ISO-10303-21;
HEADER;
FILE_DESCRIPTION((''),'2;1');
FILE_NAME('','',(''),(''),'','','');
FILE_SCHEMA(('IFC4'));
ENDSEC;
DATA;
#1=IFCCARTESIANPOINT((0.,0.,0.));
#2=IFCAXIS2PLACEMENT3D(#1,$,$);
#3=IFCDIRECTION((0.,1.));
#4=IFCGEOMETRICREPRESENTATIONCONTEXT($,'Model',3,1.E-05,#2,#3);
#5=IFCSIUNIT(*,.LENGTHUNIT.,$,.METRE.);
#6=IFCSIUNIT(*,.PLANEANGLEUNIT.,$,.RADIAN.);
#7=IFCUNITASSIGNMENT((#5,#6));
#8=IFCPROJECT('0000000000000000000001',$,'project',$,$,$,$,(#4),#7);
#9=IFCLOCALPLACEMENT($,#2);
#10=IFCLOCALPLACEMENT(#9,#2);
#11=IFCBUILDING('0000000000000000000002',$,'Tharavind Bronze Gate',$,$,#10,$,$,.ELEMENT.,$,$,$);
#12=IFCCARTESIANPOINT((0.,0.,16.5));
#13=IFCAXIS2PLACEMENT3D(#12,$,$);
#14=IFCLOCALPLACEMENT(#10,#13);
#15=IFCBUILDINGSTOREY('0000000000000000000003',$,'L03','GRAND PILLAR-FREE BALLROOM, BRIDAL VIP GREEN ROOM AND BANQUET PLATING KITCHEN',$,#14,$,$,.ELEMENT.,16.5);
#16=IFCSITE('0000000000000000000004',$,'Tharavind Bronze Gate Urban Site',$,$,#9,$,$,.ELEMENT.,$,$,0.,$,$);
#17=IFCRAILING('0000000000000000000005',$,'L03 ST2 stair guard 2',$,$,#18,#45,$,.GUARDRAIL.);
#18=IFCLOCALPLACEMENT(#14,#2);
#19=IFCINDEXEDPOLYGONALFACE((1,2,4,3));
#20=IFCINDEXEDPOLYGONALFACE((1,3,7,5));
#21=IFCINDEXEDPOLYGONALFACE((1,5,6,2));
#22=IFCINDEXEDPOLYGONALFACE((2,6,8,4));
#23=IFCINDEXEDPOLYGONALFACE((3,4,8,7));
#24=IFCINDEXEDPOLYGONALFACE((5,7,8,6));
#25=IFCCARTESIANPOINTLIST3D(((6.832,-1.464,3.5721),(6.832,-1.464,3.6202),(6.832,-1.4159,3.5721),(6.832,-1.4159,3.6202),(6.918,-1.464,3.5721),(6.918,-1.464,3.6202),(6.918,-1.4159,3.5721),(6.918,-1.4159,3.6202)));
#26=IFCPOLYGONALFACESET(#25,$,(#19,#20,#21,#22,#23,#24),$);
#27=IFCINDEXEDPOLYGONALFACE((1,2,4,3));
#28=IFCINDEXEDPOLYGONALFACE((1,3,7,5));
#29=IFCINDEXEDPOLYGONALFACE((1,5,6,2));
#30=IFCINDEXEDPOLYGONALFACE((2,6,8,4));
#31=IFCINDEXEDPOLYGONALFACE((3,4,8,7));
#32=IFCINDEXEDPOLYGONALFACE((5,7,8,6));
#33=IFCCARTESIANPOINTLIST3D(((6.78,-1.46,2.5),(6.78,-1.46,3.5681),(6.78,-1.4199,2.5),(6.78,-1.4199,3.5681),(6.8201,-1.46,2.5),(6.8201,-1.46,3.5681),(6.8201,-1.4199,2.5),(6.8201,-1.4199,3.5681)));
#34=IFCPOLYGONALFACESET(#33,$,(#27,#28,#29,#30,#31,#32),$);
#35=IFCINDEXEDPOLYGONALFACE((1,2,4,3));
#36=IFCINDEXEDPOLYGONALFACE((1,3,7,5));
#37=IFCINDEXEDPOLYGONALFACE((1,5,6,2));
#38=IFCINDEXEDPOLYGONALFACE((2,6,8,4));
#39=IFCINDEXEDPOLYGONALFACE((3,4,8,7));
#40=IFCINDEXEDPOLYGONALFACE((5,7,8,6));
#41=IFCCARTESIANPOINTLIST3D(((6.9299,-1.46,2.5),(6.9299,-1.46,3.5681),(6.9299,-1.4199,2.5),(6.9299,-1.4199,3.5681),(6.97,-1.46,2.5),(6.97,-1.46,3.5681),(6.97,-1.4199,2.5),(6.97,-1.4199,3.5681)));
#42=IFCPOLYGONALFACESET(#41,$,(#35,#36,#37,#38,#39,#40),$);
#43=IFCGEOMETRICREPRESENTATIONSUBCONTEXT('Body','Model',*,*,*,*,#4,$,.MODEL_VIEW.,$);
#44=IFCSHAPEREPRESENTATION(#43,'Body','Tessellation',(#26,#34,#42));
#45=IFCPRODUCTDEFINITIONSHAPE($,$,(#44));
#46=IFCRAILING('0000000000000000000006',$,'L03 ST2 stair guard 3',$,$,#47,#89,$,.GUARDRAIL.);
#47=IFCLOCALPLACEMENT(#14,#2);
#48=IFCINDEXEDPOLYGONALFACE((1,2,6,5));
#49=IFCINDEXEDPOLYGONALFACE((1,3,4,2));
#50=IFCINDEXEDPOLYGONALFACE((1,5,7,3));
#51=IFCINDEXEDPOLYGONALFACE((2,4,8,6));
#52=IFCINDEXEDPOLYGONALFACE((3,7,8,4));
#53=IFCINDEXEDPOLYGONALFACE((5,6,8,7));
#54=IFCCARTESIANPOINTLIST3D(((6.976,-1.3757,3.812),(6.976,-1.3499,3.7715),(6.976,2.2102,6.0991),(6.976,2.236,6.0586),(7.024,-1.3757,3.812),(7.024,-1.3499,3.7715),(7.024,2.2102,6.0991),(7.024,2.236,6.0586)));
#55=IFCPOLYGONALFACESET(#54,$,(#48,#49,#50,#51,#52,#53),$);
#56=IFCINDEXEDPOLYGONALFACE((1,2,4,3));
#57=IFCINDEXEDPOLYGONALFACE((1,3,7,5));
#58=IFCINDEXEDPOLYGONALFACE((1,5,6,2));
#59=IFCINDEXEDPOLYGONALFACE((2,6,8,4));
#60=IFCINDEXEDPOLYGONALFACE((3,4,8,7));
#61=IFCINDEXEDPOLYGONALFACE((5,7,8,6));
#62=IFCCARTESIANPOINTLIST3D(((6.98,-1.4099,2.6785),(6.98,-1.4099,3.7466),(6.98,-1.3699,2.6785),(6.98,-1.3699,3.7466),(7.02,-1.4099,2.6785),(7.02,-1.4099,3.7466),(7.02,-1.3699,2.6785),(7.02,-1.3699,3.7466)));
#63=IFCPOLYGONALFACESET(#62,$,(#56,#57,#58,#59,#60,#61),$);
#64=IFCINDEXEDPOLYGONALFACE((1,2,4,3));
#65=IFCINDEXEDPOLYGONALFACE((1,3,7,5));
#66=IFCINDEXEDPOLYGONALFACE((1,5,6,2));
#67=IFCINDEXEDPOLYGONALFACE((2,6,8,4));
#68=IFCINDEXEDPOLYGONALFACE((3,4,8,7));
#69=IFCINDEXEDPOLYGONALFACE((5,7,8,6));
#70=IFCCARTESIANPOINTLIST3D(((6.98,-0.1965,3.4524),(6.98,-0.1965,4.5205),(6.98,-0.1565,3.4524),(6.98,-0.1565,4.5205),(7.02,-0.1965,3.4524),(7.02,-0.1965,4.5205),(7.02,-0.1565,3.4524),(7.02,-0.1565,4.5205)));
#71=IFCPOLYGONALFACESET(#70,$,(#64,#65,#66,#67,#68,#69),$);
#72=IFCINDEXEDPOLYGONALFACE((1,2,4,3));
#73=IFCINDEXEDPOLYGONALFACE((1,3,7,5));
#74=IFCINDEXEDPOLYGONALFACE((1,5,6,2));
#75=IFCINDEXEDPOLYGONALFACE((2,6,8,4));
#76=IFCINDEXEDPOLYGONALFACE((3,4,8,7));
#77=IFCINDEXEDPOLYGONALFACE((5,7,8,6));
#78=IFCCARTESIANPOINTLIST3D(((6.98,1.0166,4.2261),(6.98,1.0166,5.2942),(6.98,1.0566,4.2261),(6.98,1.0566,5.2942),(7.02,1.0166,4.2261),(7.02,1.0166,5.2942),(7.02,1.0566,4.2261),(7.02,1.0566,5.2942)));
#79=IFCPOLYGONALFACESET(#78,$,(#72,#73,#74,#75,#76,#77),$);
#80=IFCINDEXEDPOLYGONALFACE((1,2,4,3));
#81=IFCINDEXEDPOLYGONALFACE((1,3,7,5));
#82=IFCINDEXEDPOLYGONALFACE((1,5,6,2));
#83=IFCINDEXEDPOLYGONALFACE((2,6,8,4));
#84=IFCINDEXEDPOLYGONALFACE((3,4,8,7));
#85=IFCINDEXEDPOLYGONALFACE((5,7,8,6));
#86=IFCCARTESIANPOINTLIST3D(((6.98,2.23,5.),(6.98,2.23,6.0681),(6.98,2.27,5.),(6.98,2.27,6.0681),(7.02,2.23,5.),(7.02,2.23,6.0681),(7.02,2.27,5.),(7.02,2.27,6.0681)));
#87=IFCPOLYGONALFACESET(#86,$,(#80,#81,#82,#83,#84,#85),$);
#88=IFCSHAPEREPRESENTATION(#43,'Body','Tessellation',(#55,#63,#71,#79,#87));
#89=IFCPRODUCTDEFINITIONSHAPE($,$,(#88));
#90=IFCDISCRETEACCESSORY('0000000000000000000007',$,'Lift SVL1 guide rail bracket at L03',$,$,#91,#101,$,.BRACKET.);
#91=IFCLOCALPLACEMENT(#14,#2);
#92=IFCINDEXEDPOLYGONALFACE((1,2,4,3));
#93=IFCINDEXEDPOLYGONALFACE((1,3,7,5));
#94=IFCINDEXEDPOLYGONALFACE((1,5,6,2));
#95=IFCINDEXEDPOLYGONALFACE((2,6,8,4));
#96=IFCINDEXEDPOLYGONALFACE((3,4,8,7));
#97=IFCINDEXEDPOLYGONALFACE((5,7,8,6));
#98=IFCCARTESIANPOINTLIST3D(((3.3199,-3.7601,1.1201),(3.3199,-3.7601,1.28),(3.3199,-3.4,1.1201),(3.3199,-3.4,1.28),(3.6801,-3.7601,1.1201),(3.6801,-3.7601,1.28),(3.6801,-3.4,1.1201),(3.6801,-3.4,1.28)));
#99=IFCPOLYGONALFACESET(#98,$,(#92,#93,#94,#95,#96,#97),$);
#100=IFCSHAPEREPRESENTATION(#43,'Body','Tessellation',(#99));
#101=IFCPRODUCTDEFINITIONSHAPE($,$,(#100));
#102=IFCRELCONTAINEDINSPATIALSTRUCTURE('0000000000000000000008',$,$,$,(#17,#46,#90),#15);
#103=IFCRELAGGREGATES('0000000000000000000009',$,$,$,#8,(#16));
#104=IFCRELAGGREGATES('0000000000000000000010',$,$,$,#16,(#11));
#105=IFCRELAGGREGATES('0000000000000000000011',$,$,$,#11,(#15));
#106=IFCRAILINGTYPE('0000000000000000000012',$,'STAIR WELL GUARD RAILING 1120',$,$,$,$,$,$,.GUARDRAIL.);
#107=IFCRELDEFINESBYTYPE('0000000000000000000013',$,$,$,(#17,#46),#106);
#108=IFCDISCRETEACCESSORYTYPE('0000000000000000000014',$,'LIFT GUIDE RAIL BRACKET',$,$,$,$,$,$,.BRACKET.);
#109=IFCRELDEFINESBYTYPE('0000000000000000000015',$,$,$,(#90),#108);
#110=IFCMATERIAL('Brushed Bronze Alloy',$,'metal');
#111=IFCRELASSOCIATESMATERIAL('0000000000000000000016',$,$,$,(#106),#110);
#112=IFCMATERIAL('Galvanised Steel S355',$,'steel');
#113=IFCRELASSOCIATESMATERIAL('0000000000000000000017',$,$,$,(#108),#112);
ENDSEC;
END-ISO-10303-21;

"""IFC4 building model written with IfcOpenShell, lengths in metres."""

from ifc_helpers import new_model, si_unit, direction, frame, origin, origin_2d, place, context, subcontext, project, spatial, rectangle, extrude, material, type_object, element, save


model = new_model("IFC4")

# Units and contexts
model_context = context("Model", 3, precision=1e-05, world=origin(), true_north=direction((0.0, 1.0)))
body_context = subcontext(model_context, "Body", "Model", "MODEL_VIEW")
ifc_project = project(units=[si_unit("LENGTHUNIT", "METRE"), si_unit("PLANEANGLEUNIT", "RADIAN")], contexts=[model_context])

# Site, building, storey
site_placement = place(None, origin())
site = spatial("IfcSite", under=ifc_project, at=site_placement, Name="Tharavind Bronze Gate Urban Site", CompositionType="ELEMENT", RefElevation=0.0)
building_placement = place(site_placement, origin())
building = spatial("IfcBuilding", under=site, at=building_placement, Name="Tharavind Bronze Gate", CompositionType="ELEMENT")
storey_placement = place(building_placement, frame((0.0, 0.0, 16.5)))
storey = spatial("IfcBuildingStorey", under=building, at=storey_placement, Name="L03", Description="GRAND PILLAR-FREE BALLROOM, BRIDAL VIP GREEN ROOM AND BANQUET PLATING KITCHEN", CompositionType="ELEMENT", Elevation=16.5)

# Railings
ifc_material_1 = material(Name="Brushed Bronze Alloy", Category="metal")
railing_type_1 = type_object("IfcRailingType", Name="STAIR WELL GUARD RAILING 1120", PredefinedType="GUARDRAIL", material=ifc_material_1)
railing_1_placement = place(storey_placement, frame((6.8, -1.4399, 2.5)))
element("IfcRailing", 1, at=railing_1_placement, inside=storey, type_object=railing_type_1, Name="L03 ST2 stair guard 2", PredefinedType="GUARDRAIL", context=body_context, shape_type="SweptSolid", body=[
    extrude(rectangle(XDim=0.0481, YDim=0.0481, at=origin_2d()), frame((0.032, 0.0, 1.0962), z_axis=(1.0, 0.0, 0.0), x_axis=(0.0, 1.0, 0.0)), (0.0, 0.0, 1.0), 0.0859),
    extrude(rectangle(XDim=0.04, YDim=0.04, at=origin_2d()), origin(), (0.0, 0.0, 1.0), 1.0681),
    extrude(rectangle(XDim=0.04, YDim=0.04, at=origin_2d()), frame((0.1499, 0.0, 0.0)), (0.0, 0.0, 1.0), 1.0681),
])
railing_2_placement = place(storey_placement, frame((7.0, -1.3899, 2.6785)))
element("IfcRailing", 2, at=railing_2_placement, inside=storey, type_object=railing_type_1, Name="L03 ST2 stair guard 3", PredefinedType="GUARDRAIL", context=body_context, shape_type="SweptSolid", body=[
    extrude(rectangle(XDim=0.0481, YDim=0.0481, at=origin_2d()), frame((0.0, 0.0271, 1.1133), z_axis=(0.0, 0.843112, 0.537739), x_axis=(-1.0, 0.0, 0.0)), (0.0, 0.0, 1.0), 4.2532),
    extrude(rectangle(XDim=0.04, YDim=0.04, at=origin_2d()), origin(), (0.0, 0.0, 1.0), 1.0681),
    extrude(rectangle(XDim=0.04, YDim=0.04, at=origin_2d()), frame((0.0, 1.2134, 0.7739)), (0.0, 0.0, 1.0), 1.0681),
    extrude(rectangle(XDim=0.04, YDim=0.04, at=origin_2d()), frame((0.0, 2.4265, 1.5476)), (0.0, 0.0, 1.0), 1.0681),
    extrude(rectangle(XDim=0.04, YDim=0.04, at=origin_2d()), frame((0.0, 3.6399, 2.3215)), (0.0, 0.0, 1.0), 1.0681),
])

# Discrete accessory
ifc_material_2 = material(Name="Galvanised Steel S355", Category="steel")
discrete_accessory_type = type_object("IfcDiscreteAccessoryType", Name="LIFT GUIDE RAIL BRACKET", PredefinedType="BRACKET", material=ifc_material_2)
discrete_accessory_placement = place(storey_placement, frame((3.5, -3.5801, 1.1201), z_axis=(0.0, 0.0, 1.0), x_axis=(1.0, 0.0, 0.0)))
element("IfcDiscreteAccessory", 3, at=discrete_accessory_placement, inside=storey, type_object=discrete_accessory_type, Name="Lift SVL1 guide rail bracket at L03", PredefinedType="BRACKET", context=body_context, shape_type="SweptSolid", body=[
    extrude(rectangle(XDim=0.3601, YDim=0.3601, at=origin_2d()), origin(), (0.0, 0.0, 1.0), 0.1599),
])

save(model, "model.ifc")
